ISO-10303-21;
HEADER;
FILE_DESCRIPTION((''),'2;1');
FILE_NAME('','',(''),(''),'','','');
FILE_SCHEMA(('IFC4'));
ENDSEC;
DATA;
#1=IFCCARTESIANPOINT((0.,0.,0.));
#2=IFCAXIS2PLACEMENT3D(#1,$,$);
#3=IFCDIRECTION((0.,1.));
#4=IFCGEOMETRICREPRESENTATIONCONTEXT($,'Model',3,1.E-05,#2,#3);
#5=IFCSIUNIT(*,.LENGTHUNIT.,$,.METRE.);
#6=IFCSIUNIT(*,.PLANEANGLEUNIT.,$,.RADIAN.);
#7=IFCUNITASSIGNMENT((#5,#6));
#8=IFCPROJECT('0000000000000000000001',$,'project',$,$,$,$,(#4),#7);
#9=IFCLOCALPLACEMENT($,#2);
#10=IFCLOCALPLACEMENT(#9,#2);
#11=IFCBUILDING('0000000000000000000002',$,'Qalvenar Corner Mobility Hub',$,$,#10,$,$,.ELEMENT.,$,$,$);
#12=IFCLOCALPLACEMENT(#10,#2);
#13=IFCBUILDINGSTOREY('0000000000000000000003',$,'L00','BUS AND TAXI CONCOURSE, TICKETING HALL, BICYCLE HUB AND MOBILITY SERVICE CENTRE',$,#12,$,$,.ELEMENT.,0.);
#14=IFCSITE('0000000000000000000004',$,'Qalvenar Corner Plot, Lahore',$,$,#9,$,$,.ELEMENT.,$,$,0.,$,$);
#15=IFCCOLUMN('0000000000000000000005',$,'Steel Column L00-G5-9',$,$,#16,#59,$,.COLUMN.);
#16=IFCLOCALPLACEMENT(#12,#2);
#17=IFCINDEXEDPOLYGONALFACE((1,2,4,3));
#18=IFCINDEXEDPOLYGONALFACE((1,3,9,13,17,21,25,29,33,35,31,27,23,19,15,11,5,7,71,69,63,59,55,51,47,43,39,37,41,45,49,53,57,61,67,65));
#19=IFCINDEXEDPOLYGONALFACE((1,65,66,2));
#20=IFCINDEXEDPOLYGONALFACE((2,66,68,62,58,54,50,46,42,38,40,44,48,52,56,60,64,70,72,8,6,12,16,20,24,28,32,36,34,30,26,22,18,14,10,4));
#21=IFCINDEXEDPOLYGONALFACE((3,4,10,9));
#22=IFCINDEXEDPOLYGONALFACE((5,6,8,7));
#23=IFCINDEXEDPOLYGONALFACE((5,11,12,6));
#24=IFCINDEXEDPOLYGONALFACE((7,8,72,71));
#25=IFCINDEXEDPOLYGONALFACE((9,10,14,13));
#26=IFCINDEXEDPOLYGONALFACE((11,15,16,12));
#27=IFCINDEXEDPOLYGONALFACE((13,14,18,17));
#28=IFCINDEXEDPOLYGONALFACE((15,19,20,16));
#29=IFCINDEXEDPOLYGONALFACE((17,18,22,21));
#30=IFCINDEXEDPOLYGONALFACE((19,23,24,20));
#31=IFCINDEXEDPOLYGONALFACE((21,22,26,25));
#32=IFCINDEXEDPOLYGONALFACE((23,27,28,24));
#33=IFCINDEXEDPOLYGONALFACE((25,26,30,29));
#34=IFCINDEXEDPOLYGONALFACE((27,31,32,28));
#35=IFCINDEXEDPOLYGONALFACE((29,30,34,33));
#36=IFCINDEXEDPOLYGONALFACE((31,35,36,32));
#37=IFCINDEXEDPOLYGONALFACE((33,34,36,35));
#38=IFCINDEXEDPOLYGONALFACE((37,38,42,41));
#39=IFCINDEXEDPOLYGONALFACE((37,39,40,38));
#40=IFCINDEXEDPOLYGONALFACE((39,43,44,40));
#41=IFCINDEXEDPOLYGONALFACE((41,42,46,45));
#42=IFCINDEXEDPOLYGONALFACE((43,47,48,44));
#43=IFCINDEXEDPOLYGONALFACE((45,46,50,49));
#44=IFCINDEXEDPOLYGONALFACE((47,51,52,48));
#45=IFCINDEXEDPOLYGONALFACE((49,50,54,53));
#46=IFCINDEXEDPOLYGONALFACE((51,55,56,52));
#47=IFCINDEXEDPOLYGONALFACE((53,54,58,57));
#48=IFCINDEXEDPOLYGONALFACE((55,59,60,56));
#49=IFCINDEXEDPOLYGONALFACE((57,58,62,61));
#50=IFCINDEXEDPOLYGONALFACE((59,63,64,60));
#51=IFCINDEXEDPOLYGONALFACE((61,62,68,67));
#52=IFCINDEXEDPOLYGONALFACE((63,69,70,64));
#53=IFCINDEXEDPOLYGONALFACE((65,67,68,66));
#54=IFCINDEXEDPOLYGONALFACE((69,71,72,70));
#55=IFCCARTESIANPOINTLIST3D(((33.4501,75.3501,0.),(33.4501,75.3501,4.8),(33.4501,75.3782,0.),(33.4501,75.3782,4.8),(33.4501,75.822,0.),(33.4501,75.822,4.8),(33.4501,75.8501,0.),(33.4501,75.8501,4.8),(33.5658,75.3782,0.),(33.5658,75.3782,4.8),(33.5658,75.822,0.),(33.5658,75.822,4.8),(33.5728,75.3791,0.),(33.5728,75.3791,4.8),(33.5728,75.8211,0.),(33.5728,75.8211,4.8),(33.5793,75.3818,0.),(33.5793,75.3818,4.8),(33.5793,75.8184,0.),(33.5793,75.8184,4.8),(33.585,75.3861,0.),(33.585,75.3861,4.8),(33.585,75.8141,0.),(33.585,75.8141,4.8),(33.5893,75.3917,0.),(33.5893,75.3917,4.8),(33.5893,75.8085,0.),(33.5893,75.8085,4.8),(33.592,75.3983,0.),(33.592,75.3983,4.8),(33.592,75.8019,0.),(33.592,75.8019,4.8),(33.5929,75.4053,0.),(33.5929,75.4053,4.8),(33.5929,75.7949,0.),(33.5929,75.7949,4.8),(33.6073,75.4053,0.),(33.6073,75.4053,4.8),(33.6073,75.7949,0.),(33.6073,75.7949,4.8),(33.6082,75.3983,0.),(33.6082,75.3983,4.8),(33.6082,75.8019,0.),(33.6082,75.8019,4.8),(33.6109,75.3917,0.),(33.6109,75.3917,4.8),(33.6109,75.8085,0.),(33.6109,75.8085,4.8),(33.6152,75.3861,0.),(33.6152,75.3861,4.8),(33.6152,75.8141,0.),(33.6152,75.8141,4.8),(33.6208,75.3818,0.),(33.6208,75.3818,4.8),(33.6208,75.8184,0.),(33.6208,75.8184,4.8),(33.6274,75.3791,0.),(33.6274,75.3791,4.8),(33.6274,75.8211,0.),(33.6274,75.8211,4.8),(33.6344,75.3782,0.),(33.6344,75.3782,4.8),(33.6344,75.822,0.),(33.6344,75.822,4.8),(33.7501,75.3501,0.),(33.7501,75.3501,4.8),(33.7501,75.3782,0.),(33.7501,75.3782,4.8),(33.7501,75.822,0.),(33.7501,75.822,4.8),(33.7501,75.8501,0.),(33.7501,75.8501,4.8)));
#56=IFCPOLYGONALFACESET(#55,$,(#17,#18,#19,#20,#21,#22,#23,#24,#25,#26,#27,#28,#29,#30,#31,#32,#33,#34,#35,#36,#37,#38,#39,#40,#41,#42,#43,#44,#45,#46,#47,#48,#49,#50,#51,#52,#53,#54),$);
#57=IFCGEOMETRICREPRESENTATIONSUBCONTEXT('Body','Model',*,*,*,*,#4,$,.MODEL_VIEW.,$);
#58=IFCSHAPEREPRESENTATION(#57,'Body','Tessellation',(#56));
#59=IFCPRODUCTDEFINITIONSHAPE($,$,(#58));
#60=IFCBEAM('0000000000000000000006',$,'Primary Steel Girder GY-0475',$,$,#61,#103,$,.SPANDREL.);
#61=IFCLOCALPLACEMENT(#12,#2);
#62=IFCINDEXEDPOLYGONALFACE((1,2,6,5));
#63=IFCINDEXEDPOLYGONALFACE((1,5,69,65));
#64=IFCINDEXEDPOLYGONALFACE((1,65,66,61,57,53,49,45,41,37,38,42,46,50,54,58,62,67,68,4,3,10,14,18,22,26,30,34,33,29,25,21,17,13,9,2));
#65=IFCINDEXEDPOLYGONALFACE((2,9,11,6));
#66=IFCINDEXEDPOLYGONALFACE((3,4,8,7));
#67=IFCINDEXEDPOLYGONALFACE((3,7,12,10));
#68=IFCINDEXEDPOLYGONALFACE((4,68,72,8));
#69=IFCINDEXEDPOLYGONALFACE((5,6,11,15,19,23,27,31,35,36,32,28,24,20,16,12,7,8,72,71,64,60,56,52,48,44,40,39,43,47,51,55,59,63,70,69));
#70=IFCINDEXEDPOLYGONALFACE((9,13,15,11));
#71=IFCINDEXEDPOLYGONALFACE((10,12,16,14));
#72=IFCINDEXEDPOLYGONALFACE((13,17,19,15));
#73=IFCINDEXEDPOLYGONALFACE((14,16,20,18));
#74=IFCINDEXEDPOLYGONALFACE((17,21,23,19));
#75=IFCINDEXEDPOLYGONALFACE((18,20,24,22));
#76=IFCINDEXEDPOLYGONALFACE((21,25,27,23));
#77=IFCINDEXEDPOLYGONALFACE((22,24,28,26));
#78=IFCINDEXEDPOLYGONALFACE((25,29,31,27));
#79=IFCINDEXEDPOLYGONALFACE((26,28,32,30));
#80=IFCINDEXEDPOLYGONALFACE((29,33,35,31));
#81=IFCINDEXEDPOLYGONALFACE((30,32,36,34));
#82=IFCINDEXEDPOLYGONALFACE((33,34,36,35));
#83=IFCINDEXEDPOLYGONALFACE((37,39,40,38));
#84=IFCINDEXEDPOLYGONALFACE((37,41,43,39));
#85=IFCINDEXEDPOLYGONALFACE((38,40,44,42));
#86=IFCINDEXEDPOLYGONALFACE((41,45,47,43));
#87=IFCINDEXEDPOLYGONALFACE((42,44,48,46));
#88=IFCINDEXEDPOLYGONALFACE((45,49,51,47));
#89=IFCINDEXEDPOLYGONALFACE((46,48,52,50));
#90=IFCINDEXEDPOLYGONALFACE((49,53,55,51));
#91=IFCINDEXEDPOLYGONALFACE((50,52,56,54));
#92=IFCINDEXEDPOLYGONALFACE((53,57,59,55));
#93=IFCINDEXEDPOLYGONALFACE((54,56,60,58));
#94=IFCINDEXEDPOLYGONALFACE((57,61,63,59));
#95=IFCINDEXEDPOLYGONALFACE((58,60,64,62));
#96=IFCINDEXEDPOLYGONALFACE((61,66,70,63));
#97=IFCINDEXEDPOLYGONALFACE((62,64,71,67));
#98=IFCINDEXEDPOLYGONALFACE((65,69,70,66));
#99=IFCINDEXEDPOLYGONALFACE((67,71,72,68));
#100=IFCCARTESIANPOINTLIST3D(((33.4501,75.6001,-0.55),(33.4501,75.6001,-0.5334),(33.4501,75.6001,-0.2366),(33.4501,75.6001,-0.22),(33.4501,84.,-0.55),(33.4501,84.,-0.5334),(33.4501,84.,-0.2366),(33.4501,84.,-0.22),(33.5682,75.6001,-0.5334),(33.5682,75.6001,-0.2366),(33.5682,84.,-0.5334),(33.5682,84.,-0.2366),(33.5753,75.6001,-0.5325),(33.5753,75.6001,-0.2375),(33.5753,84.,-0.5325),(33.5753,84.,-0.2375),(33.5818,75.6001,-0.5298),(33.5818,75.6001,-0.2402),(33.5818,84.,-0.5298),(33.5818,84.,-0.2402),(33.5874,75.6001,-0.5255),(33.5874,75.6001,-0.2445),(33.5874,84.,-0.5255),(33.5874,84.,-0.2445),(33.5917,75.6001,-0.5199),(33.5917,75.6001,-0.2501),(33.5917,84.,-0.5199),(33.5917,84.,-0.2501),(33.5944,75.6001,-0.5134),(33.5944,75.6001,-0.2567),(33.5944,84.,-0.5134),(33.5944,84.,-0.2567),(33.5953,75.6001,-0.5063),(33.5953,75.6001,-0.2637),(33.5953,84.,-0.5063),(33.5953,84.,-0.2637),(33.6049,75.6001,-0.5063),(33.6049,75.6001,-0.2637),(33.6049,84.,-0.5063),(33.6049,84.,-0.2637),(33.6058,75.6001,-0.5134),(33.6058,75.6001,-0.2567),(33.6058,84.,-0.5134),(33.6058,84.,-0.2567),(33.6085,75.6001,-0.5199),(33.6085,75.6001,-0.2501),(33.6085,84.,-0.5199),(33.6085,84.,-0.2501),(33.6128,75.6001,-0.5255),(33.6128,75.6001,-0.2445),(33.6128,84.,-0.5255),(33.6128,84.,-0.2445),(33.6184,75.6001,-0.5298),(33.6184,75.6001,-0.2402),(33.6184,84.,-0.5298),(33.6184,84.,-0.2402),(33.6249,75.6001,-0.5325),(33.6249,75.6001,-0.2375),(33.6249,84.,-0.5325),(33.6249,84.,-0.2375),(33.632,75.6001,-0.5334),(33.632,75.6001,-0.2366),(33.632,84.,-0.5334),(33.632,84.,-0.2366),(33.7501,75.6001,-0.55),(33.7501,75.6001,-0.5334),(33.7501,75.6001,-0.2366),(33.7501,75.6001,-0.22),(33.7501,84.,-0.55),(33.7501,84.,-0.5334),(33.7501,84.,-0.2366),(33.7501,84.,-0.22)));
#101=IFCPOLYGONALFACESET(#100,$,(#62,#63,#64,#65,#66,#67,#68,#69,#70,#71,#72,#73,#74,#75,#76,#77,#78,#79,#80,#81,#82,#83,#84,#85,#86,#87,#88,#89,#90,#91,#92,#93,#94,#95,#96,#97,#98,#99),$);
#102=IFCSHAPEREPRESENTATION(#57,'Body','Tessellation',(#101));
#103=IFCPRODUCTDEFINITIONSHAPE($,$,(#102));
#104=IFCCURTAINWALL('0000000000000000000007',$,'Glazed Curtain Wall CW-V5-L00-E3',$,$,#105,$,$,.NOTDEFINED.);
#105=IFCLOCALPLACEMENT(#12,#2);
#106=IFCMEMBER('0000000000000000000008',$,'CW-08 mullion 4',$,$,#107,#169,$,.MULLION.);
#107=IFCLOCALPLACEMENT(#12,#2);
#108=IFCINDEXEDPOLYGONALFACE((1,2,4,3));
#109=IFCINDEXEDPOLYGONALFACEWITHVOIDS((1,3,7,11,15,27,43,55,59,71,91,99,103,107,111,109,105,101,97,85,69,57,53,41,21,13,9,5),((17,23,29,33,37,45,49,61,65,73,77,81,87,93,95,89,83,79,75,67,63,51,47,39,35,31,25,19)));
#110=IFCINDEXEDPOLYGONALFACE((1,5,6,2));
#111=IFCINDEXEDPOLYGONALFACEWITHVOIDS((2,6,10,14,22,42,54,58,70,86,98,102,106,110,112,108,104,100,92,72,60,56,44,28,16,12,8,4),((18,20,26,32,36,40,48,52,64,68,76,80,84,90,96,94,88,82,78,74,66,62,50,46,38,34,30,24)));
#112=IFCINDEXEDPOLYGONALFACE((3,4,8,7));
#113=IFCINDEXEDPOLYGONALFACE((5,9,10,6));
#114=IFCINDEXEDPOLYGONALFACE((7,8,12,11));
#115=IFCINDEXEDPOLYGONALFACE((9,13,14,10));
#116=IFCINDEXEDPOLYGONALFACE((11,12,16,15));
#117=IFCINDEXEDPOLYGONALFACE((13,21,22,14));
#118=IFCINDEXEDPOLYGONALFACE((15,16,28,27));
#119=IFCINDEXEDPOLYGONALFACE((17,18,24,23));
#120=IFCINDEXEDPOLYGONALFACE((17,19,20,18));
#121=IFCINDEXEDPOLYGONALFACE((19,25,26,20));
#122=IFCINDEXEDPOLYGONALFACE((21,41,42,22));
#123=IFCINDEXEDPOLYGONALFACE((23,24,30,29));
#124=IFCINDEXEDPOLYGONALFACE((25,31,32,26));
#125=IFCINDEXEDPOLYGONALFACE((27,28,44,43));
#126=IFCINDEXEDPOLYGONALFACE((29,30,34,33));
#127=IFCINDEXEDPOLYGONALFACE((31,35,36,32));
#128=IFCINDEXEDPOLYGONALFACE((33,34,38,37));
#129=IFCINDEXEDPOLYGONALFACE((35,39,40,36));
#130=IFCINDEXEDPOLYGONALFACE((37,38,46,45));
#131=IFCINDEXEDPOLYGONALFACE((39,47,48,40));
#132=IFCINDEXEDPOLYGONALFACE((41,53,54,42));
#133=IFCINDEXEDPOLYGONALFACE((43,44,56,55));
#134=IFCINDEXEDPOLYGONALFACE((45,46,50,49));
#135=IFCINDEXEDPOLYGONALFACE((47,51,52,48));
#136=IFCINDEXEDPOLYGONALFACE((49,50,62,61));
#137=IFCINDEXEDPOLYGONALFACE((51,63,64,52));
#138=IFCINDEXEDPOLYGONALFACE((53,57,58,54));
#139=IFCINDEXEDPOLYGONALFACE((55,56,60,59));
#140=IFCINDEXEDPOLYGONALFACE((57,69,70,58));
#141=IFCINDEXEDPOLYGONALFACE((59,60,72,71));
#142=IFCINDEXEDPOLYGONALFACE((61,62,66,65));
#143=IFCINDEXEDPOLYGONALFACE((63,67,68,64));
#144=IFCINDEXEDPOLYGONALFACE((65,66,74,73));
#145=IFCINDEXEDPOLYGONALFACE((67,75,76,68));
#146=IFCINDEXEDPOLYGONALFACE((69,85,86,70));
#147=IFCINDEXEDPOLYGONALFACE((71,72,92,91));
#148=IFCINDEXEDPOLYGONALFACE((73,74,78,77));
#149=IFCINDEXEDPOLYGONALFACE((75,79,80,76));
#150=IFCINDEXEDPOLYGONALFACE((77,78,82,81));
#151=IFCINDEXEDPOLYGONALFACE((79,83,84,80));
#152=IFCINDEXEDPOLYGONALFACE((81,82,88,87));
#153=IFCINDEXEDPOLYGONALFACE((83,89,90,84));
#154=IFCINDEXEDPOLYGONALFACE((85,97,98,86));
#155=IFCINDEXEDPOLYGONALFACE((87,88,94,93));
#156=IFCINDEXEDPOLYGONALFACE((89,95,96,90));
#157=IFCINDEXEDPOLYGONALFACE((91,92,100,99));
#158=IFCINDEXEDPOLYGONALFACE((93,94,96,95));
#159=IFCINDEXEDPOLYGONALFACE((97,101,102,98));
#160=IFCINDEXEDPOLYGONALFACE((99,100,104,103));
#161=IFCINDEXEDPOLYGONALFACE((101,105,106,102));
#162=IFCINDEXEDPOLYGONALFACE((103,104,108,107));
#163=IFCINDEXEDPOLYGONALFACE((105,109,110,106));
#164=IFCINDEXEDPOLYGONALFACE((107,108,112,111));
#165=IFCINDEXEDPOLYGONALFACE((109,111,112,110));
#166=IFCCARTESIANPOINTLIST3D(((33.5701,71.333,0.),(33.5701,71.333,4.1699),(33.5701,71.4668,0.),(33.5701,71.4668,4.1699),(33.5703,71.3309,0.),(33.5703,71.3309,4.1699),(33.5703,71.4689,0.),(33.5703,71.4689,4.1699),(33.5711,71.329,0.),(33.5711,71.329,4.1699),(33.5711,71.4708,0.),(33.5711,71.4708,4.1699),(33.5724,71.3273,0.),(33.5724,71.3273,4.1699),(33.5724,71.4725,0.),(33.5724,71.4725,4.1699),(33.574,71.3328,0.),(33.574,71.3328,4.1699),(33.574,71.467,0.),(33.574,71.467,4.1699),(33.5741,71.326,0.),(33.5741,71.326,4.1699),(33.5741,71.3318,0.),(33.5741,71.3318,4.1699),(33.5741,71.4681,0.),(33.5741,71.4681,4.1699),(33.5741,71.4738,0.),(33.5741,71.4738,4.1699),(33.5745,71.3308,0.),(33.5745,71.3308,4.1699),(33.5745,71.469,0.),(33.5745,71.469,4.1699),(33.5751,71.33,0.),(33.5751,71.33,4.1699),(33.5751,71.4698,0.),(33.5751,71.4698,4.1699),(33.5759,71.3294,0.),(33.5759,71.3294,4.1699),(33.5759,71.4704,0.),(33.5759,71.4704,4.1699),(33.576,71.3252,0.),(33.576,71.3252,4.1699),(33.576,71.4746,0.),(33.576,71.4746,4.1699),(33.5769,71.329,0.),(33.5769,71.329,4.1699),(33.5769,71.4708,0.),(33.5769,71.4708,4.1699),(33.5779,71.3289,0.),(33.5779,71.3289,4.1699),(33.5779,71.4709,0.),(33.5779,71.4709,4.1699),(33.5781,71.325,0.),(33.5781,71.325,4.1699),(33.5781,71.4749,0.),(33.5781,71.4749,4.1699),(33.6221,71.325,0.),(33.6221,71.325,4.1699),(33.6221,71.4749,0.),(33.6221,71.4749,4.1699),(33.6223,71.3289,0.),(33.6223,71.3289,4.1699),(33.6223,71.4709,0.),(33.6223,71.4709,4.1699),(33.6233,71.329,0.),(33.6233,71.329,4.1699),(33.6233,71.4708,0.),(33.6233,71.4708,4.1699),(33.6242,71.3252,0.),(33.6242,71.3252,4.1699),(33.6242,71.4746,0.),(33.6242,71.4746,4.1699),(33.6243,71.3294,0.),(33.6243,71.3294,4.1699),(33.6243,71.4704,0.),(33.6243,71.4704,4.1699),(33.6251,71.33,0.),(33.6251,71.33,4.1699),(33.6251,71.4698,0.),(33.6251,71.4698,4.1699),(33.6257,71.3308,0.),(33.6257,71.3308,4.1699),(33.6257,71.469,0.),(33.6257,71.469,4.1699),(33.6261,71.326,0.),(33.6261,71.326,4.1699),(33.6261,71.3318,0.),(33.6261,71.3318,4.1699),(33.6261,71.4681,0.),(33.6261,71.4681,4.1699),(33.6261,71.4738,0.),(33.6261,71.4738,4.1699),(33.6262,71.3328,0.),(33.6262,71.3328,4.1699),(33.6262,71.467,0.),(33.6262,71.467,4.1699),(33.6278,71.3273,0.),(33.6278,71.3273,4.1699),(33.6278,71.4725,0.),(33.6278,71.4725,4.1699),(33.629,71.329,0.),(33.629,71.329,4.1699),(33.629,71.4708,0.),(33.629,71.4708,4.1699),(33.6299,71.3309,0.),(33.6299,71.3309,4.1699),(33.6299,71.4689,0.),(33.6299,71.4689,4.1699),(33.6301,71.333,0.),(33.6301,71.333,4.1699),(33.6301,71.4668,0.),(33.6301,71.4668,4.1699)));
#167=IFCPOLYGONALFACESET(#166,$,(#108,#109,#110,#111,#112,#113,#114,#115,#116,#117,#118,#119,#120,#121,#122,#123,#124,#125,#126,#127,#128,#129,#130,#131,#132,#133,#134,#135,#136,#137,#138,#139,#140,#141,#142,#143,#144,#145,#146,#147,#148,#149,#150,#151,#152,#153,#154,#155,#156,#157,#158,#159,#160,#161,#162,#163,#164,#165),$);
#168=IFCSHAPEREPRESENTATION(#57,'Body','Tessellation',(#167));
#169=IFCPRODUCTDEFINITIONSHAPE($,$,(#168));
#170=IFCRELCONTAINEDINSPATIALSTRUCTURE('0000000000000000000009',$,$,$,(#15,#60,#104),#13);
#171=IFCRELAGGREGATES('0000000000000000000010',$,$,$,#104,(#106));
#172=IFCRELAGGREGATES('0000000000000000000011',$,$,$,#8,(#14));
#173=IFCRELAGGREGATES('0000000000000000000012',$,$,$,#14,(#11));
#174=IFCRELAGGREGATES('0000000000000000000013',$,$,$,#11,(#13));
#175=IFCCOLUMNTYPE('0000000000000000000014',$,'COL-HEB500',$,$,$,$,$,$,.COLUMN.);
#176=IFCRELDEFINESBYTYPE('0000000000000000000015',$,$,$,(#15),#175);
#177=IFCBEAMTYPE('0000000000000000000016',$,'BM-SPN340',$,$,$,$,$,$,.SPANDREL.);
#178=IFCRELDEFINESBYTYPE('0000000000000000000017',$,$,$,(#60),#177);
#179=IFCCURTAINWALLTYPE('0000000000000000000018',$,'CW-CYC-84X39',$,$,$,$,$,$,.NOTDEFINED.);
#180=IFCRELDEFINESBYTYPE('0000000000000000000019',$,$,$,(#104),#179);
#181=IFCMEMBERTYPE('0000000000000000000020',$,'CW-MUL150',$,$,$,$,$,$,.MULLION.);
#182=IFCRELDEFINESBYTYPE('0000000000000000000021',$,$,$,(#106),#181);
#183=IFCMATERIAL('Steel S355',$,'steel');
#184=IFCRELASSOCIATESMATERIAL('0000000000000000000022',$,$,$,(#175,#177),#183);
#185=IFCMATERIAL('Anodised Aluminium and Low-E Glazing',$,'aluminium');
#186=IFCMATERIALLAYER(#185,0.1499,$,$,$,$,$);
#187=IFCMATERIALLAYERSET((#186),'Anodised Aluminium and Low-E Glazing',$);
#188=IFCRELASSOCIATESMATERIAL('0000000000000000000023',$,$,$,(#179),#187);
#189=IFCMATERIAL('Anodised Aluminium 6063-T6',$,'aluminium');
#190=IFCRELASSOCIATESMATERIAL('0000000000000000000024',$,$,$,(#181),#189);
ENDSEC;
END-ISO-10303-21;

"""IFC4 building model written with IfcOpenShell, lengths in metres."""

from ifc_helpers import new_model, si_unit, direction, frame, origin, origin_2d, place, context, subcontext, project, spatial, hollow_rectangle, i_section, extrude, material, layer, layer_set, material_profile, profile_set, type_object, element, aggregate, save


model = new_model("IFC4")

# Units and contexts
model_context = context("Model", 3, precision=1e-05, world=origin(), true_north=direction((0.0, 1.0)))
body_context = subcontext(model_context, "Body", "Model", "MODEL_VIEW")
ifc_project = project(units=[si_unit("LENGTHUNIT", "METRE"), si_unit("PLANEANGLEUNIT", "RADIAN")], contexts=[model_context])

# Site, building, storey
site_placement = place(None, origin())
site = spatial("IfcSite", under=ifc_project, at=site_placement, Name="Qalvenar Corner Plot, Lahore", CompositionType="ELEMENT", RefElevation=0.0)
building_placement = place(site_placement, origin())
building = spatial("IfcBuilding", under=site, at=building_placement, Name="Qalvenar Corner Mobility Hub", CompositionType="ELEMENT")
storey_placement = place(building_placement, origin())
storey = spatial("IfcBuildingStorey", under=building, at=storey_placement, Name="L00", Description="BUS AND TAXI CONCOURSE, TICKETING HALL, BICYCLE HUB AND MOBILITY SERVICE CENTRE", CompositionType="ELEMENT", Elevation=0.0)

# Column
ifc_material_1 = material(Name="Steel S355", Category="steel")
ifc_material_profile_1 = material_profile(ifc_material_1, i_section(OverallWidth=0.3, OverallDepth=0.5, WebThickness=0.0144, FlangeThickness=0.0281, FilletRadius=0.0271, at=origin_2d()), Name="HEB500")
ifc_profile_set_1 = profile_set([ifc_material_profile_1], Name="Steel S355")
column_type = type_object("IfcColumnType", Name="COL-HEB500", PredefinedType="COLUMN", material=ifc_profile_set_1)
column_placement = place(storey_placement, frame((33.6001, 75.6001, 0.0), z_axis=(0.0, 0.0, 1.0), x_axis=(1.0, 0.0, 0.0)))
element("IfcColumn", 1, at=column_placement, inside=storey, type_object=column_type, Name="Steel Column L00-G5-9", PredefinedType="COLUMN", context=body_context, shape_type="SweptSolid", body=[
    extrude(i_section(OverallWidth=0.3, OverallDepth=0.5, WebThickness=0.0144, FlangeThickness=0.0281, FilletRadius=0.0271, at=origin_2d()), origin(), (0.0, 0.0, 1.0), 4.8),
])

# Beam
ifc_material_profile_2 = material_profile(ifc_material_1, i_section(OverallWidth=0.3, OverallDepth=0.3301, WebThickness=0.0095, FlangeThickness=0.0166, FilletRadius=0.0271, at=origin_2d()), Name="HEA340")
ifc_profile_set_2 = profile_set([ifc_material_profile_2], Name="Steel S355")
beam_type = type_object("IfcBeamType", Name="BM-SPN340", PredefinedType="SPANDREL", material=ifc_profile_set_2)
beam_placement = place(storey_placement, frame((33.6001, 75.6001, -0.385), z_axis=(0.0, 1.0, 0.0), x_axis=(-1.0, 0.0, 0.0)))
element("IfcBeam", 2, at=beam_placement, inside=storey, type_object=beam_type, Name="Primary Steel Girder GY-0475", PredefinedType="SPANDREL", context=body_context, shape_type="SweptSolid", body=[
    extrude(i_section(OverallWidth=0.3, OverallDepth=0.3301, WebThickness=0.0095, FlangeThickness=0.0166, FilletRadius=0.0271, at=origin_2d()), origin(), (0.0, 0.0, 1.0), 8.3999),
])

# Curtain wall, member
ifc_material_2 = material(Name="Anodised Aluminium and Low-E Glazing", Category="aluminium")
ifc_layer_1 = layer(ifc_material_2, 0.1499)
ifc_layer_set_1 = layer_set([ifc_layer_1], Name="Anodised Aluminium and Low-E Glazing")
curtain_wall_type = type_object("IfcCurtainWallType", Name="CW-CYC-84X39", PredefinedType="NOTDEFINED", material=ifc_layer_set_1)
curtain_wall_placement = place(storey_placement, origin())
curtain_wall = element("IfcCurtainWall", 3, at=curtain_wall_placement, inside=storey, type_object=curtain_wall_type, Name="Glazed Curtain Wall CW-V5-L00-E3", PredefinedType="NOTDEFINED")
ifc_material_3 = material(Name="Anodised Aluminium 6063-T6", Category="aluminium")
ifc_material_profile_3 = material_profile(ifc_material_3, hollow_rectangle(XDim=0.0601, YDim=0.1499, WallThickness=0.0039, InnerFilletRadius=0.0039, OuterFilletRadius=0.0081, at=origin_2d()), Name="RHS150x60x4")
ifc_profile_set_3 = profile_set([ifc_material_profile_3], Name="Anodised Aluminium 6063-T6")
member_type_1 = type_object("IfcMemberType", Name="CW-MUL150", PredefinedType="MULLION", material=ifc_profile_set_3)
member_1_placement = place(storey_placement, frame((33.6001, 71.3999, 0.0), z_axis=(0.0, 0.0, 1.0), x_axis=(-1.0, 0.0, 0.0)))
member_1 = element("IfcMember", 4, at=member_1_placement, type_object=member_type_1, Name="CW-08 mullion 4", PredefinedType="MULLION", context=body_context, shape_type="SweptSolid", body=[
    extrude(hollow_rectangle(XDim=0.0601, YDim=0.1499, WallThickness=0.0039, InnerFilletRadius=0.0039, OuterFilletRadius=0.0081, at=origin_2d()), origin(), (0.0, 0.0, 1.0), 4.1699),
])
aggregate(curtain_wall, [member_1])

save(model, "model.ifc")
